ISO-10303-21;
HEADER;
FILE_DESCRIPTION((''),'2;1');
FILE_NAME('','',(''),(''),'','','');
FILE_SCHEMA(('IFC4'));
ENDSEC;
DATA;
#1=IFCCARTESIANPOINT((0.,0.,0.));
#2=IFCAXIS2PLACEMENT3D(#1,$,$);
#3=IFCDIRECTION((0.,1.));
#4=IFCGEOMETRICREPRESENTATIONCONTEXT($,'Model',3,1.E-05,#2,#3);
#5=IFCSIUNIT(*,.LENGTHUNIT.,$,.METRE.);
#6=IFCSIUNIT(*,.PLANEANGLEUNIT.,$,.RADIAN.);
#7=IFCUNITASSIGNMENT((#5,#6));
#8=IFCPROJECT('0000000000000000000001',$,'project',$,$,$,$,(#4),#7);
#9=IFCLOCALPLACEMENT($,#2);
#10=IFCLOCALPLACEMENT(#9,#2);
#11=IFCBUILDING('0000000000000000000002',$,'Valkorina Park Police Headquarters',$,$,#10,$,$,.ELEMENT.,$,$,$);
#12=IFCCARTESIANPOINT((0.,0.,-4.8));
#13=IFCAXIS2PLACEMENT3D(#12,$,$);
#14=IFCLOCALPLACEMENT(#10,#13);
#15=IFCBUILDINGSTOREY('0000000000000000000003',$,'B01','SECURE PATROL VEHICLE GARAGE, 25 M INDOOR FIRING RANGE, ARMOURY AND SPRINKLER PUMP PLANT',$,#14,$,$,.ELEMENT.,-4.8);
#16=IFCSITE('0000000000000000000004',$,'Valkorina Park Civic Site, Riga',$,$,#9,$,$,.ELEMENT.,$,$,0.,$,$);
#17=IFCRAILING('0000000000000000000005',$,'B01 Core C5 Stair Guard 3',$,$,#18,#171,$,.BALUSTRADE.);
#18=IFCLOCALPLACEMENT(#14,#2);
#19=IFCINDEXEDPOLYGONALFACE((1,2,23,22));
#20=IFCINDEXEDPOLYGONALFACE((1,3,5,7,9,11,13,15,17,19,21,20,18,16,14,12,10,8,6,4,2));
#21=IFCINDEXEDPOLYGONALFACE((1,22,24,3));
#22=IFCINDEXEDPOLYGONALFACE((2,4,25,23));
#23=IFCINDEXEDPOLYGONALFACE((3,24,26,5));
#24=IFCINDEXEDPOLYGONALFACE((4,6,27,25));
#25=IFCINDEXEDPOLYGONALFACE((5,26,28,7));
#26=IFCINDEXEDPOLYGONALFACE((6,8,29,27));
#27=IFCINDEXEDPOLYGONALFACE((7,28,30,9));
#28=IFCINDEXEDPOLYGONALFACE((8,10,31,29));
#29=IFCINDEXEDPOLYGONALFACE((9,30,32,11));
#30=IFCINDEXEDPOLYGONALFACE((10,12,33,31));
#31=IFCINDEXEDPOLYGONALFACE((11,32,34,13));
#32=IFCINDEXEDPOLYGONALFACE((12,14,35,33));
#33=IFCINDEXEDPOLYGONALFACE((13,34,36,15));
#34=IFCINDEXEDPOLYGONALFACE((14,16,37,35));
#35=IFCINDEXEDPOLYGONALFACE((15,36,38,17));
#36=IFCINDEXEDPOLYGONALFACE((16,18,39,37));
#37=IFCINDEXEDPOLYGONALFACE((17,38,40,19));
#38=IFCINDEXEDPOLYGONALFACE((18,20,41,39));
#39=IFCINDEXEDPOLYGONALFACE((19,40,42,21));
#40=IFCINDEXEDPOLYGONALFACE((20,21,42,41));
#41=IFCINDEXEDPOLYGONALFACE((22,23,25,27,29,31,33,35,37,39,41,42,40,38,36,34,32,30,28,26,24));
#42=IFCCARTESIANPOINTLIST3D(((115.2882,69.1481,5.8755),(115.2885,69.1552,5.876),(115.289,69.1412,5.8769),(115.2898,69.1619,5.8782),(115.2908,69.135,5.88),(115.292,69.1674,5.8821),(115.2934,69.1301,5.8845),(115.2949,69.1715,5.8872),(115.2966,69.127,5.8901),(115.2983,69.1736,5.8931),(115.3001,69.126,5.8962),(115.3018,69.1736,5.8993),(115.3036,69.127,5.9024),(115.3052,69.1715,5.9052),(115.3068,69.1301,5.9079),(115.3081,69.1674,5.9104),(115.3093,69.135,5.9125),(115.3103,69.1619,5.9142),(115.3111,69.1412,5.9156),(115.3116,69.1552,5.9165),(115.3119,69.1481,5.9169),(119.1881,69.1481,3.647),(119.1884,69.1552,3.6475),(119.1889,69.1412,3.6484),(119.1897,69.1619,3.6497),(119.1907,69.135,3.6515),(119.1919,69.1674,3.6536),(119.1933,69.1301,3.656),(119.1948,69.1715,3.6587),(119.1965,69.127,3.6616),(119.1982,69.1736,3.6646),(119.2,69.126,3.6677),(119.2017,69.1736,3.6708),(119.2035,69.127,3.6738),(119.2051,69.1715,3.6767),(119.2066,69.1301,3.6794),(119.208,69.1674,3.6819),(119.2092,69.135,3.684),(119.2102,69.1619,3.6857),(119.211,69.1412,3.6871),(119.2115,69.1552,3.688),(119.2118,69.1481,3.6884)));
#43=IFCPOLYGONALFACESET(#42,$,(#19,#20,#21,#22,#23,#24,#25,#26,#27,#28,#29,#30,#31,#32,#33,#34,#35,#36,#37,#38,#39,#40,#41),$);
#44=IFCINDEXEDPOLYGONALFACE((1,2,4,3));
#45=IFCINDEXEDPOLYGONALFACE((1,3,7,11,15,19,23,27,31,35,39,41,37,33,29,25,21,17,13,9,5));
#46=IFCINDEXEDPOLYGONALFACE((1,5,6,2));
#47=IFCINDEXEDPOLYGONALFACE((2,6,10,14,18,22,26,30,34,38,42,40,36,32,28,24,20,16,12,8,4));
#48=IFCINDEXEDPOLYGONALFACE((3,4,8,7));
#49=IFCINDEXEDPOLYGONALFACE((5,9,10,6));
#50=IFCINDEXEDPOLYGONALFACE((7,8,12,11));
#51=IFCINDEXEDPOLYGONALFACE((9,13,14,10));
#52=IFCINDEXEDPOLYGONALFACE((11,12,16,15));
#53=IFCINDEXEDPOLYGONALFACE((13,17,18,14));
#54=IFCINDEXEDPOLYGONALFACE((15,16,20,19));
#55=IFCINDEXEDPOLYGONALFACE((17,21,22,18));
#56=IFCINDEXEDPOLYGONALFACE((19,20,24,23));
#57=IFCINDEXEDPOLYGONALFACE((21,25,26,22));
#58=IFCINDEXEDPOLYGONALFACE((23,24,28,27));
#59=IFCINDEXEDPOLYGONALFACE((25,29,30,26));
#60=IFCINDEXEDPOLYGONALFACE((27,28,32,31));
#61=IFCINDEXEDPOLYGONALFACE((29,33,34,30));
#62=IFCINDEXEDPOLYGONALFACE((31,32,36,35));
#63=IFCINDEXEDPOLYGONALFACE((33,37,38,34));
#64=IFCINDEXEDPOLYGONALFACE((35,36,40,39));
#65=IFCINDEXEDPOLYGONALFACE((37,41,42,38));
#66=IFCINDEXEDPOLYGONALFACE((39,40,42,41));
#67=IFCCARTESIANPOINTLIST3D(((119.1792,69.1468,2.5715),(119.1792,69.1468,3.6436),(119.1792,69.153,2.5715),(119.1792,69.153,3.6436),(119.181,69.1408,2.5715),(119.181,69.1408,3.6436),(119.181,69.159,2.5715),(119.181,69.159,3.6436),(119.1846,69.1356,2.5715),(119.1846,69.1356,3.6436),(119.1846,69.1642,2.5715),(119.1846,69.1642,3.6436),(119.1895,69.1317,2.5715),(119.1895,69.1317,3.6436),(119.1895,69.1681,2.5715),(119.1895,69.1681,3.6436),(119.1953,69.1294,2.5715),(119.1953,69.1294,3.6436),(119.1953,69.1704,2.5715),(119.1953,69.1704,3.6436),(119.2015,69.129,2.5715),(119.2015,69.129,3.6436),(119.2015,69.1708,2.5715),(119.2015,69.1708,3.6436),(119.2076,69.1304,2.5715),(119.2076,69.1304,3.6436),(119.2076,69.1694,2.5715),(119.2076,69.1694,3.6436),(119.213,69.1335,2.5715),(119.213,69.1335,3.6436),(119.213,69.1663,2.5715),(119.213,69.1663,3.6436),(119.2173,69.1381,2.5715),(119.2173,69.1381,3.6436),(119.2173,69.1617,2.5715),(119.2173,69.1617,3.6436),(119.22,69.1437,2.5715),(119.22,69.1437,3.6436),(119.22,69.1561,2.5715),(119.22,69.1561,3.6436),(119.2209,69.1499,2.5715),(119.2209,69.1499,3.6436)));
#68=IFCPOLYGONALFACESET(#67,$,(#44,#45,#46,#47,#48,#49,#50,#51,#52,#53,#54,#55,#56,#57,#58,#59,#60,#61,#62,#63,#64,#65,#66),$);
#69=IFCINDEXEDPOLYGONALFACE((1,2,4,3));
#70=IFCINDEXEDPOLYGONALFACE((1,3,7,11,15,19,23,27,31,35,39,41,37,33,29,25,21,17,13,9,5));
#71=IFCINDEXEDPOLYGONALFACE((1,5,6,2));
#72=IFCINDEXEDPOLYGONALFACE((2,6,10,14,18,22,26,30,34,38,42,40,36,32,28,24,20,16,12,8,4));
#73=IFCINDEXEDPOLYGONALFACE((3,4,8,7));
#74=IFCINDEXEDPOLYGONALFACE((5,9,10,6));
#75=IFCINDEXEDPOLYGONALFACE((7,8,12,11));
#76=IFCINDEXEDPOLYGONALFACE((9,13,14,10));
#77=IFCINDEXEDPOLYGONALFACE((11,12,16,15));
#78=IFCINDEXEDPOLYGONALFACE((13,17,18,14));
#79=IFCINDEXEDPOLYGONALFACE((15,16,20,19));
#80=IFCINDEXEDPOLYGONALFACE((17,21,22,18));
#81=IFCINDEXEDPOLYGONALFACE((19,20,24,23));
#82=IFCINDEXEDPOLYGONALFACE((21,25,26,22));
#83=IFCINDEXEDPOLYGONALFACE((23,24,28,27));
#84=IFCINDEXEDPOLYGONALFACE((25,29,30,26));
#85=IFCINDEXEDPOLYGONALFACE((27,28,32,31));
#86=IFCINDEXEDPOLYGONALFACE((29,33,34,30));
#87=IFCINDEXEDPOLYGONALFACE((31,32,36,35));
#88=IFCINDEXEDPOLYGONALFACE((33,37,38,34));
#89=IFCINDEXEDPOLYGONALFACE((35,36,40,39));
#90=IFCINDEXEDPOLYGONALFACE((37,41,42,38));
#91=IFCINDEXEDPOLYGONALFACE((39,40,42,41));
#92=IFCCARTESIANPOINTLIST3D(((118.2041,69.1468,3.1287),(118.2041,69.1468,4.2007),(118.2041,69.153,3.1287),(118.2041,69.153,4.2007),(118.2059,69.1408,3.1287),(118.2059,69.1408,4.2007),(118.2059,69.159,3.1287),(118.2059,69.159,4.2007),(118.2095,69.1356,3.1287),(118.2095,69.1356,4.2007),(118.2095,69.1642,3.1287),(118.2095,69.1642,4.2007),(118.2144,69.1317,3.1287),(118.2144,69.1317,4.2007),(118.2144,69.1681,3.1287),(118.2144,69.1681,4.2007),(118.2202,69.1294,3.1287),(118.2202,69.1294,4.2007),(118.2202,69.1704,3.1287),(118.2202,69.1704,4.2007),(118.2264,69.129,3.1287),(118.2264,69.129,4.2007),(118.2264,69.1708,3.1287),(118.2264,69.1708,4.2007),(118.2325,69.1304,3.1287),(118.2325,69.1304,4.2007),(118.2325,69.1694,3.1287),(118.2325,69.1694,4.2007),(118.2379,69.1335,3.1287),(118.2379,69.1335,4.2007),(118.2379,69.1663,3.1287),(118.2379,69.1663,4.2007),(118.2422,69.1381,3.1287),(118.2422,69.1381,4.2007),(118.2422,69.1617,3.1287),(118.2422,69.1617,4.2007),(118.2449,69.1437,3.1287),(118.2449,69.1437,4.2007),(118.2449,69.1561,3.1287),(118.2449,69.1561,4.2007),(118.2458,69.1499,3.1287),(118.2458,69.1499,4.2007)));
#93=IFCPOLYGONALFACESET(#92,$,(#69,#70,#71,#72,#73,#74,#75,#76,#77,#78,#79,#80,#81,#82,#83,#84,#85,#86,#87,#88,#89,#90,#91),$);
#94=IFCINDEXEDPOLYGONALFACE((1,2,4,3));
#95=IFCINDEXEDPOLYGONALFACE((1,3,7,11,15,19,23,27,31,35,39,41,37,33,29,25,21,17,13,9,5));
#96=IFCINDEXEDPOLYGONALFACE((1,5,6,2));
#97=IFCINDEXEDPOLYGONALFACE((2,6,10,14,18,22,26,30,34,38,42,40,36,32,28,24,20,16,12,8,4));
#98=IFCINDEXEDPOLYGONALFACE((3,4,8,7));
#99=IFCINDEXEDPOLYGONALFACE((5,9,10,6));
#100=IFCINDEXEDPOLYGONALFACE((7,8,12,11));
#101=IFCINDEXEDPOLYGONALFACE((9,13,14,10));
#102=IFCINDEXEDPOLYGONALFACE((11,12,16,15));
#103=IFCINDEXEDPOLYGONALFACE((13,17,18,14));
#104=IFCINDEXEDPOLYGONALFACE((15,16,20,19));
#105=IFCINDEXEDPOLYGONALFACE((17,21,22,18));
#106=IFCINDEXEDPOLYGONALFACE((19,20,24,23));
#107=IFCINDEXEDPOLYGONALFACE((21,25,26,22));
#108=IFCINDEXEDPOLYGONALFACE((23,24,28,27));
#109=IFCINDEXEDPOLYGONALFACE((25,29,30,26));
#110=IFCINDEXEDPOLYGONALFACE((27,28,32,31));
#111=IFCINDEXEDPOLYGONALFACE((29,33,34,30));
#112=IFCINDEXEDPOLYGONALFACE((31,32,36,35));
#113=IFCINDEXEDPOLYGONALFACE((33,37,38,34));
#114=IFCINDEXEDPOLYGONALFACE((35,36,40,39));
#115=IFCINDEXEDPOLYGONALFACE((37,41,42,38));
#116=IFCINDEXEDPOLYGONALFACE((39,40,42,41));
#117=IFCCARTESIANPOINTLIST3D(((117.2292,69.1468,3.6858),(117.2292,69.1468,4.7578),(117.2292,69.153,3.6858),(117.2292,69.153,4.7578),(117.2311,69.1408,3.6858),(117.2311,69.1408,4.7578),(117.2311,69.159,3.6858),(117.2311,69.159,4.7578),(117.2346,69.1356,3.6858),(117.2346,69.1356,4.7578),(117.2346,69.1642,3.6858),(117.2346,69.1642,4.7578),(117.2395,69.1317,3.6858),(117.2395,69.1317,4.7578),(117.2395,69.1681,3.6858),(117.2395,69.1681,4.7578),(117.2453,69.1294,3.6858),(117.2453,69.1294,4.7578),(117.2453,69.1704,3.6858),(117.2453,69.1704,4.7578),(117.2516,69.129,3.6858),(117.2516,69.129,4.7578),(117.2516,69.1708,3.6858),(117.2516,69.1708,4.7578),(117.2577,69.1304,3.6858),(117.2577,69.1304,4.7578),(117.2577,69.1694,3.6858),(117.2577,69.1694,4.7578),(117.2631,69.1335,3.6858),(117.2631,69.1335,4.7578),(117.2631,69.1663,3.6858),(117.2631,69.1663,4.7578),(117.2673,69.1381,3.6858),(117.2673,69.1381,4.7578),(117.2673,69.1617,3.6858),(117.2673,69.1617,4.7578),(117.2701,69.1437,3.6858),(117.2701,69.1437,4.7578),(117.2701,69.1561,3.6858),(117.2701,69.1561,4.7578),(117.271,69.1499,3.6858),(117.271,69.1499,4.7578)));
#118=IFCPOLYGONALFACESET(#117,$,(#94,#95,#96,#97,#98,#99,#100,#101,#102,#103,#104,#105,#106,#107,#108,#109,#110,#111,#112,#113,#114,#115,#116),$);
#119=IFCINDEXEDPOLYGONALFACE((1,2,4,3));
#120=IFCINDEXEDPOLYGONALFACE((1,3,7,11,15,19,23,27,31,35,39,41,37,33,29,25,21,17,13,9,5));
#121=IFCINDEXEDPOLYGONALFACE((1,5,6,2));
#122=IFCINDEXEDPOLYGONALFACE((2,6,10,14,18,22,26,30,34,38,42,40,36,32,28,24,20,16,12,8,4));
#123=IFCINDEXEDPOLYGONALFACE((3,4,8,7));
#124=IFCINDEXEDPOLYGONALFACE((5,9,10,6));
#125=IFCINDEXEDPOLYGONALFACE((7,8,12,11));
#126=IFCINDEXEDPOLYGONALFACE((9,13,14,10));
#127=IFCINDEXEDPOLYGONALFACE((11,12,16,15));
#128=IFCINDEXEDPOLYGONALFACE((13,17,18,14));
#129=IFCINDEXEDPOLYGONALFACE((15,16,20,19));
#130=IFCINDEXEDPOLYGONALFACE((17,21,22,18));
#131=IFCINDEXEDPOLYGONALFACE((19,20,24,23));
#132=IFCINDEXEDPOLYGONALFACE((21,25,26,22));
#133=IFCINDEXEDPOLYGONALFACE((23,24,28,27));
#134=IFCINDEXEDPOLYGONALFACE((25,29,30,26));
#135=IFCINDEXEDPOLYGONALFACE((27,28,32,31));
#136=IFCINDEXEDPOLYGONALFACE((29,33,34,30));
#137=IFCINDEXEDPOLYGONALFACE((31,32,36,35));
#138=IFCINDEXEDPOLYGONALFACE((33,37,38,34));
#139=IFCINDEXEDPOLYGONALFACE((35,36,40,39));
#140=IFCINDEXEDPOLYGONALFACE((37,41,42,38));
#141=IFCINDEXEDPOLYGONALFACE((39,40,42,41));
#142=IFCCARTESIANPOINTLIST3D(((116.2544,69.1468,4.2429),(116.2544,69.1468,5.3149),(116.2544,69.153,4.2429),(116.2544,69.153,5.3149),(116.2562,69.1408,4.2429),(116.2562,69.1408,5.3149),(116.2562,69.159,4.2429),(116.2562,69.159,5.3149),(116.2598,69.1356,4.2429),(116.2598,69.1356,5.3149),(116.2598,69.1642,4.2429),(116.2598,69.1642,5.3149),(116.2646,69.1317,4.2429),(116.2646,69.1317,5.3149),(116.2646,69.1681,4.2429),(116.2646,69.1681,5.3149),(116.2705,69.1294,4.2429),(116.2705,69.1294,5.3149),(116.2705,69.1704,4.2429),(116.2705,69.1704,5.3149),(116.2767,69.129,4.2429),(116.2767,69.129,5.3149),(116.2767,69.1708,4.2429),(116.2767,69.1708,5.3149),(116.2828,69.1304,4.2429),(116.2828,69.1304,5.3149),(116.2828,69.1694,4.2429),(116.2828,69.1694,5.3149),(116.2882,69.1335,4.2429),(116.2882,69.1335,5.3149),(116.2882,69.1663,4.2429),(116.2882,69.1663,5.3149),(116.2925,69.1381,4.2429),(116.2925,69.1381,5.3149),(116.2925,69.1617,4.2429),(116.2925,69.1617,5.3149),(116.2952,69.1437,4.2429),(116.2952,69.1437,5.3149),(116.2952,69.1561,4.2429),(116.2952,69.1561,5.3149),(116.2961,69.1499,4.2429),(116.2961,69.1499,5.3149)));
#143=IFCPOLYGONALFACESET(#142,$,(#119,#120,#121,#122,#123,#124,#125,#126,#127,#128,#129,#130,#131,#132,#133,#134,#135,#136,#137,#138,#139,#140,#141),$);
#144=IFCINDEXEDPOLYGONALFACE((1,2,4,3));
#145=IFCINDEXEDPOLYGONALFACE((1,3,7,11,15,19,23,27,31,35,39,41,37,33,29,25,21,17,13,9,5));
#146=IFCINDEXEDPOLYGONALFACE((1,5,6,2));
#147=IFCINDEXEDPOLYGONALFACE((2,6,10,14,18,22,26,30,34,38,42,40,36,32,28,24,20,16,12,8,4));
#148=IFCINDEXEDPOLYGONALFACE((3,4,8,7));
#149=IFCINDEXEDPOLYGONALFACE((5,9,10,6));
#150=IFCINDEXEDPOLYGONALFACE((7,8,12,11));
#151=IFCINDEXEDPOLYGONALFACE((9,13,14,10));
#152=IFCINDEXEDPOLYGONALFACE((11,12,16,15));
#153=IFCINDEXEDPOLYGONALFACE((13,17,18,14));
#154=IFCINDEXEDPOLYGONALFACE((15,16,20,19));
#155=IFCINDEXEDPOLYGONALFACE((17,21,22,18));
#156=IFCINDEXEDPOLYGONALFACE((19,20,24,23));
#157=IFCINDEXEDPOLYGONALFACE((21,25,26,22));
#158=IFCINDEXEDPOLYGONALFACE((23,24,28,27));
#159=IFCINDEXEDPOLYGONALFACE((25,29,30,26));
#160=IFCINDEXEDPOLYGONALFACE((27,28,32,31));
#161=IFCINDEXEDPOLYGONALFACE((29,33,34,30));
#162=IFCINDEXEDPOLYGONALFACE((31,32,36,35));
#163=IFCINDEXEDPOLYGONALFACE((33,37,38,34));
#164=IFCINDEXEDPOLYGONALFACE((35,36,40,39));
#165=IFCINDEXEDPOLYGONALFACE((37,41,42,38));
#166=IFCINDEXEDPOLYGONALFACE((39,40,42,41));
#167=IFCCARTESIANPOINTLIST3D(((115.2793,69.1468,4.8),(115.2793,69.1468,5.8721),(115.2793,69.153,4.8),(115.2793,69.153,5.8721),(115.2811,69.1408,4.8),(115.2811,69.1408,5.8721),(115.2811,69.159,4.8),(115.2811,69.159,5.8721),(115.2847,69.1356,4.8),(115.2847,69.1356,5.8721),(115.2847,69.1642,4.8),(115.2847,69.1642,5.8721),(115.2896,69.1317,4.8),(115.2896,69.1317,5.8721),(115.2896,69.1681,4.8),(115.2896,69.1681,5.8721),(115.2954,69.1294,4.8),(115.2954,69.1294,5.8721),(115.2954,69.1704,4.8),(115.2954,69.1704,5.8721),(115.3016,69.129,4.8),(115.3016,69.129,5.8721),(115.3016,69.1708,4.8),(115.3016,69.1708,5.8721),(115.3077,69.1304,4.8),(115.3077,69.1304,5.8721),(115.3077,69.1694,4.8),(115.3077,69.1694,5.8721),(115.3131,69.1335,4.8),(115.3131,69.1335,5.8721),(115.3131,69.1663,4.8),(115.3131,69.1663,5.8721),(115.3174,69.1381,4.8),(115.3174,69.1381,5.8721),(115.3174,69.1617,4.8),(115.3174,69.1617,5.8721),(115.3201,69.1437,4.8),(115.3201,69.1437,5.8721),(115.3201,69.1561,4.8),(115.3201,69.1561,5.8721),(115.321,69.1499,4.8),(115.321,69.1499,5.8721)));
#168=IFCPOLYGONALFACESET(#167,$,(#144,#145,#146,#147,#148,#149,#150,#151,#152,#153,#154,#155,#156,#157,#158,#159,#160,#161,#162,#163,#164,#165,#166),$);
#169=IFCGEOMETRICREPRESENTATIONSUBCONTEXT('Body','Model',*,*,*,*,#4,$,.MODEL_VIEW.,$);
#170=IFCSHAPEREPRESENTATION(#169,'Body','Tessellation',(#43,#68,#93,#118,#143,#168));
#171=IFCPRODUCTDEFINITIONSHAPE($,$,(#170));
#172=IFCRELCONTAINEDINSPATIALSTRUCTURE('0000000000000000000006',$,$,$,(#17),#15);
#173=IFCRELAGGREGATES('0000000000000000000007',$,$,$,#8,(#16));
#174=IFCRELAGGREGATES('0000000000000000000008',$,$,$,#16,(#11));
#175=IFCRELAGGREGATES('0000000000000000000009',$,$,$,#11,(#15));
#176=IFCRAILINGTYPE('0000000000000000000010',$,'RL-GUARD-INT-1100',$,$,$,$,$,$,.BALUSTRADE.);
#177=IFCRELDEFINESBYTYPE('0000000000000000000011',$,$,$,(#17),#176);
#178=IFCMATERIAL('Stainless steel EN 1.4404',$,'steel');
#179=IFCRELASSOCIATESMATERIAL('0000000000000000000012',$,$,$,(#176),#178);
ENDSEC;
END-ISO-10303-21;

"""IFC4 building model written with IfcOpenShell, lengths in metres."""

from ifc_helpers import new_model, si_unit, direction, frame, origin, origin_2d, place, context, subcontext, project, spatial, circle, extrude, material, type_object, element, save


model = new_model("IFC4")

# Units and contexts
model_context = context("Model", 3, precision=1e-05, world=origin(), true_north=direction((0.0, 1.0)))
body_context = subcontext(model_context, "Body", "Model", "MODEL_VIEW")
ifc_project = project(units=[si_unit("LENGTHUNIT", "METRE"), si_unit("PLANEANGLEUNIT", "RADIAN")], contexts=[model_context])

# Site, building, storey
site_placement = place(None, origin())
site = spatial("IfcSite", under=ifc_project, at=site_placement, Name="Valkorina Park Civic Site, Riga", CompositionType="ELEMENT", RefElevation=0.0)
building_placement = place(site_placement, origin())
building = spatial("IfcBuilding", under=site, at=building_placement, Name="Valkorina Park Police Headquarters", CompositionType="ELEMENT")
storey_placement = place(building_placement, frame((0.0, 0.0, -4.8)))
storey = spatial("IfcBuildingStorey", under=building, at=storey_placement, Name="B01", Description="SECURE PATROL VEHICLE GARAGE, 25 M INDOOR FIRING RANGE, ARMOURY AND SPRINKLER PUMP PLANT", CompositionType="ELEMENT", Elevation=-4.8)

# Railing
ifc_material_1 = material(Name="Stainless steel EN 1.4404", Category="steel")
railing_type_1 = type_object("IfcRailingType", Name="RL-GUARD-INT-1100", PredefinedType="BALUSTRADE", material=ifc_material_1)
railing_1_placement = place(storey_placement, frame((119.2, 69.1499, 2.5715)))
element("IfcRailing", 1, at=railing_1_placement, inside=storey, type_object=railing_type_1, Name="B01 Core C5 Stair Guard 3", PredefinedType="BALUSTRADE", context=body_context, shape_type="SweptSolid", body=[
    extrude(circle(Radius=0.0239, at=origin_2d()), frame((0.0, 0.0, 1.0962), z_axis=(-0.868243, 0.0, 0.496139), x_axis=(0.0, -1.0, 0.0)), (0.0, 0.0, 1.0), 4.4917),
    extrude(circle(Radius=0.021, at=origin_2d()), origin(), (0.0, 0.0, 1.0), 1.072),
    extrude(circle(Radius=0.021, at=origin_2d()), frame((-0.9751, 0.0, 0.5571)), (0.0, 0.0, 1.0), 1.072),
    extrude(circle(Radius=0.021, at=origin_2d()), frame((-1.95, 0.0, 1.1143)), (0.0, 0.0, 1.0), 1.072),
    extrude(circle(Radius=0.021, at=origin_2d()), frame((-2.9248, 0.0, 1.6714)), (0.0, 0.0, 1.0), 1.072),
    extrude(circle(Radius=0.021, at=origin_2d()), frame((-3.8999, 0.0, 2.2285)), (0.0, 0.0, 1.0), 1.072),
])

save(model, "model.ifc")
